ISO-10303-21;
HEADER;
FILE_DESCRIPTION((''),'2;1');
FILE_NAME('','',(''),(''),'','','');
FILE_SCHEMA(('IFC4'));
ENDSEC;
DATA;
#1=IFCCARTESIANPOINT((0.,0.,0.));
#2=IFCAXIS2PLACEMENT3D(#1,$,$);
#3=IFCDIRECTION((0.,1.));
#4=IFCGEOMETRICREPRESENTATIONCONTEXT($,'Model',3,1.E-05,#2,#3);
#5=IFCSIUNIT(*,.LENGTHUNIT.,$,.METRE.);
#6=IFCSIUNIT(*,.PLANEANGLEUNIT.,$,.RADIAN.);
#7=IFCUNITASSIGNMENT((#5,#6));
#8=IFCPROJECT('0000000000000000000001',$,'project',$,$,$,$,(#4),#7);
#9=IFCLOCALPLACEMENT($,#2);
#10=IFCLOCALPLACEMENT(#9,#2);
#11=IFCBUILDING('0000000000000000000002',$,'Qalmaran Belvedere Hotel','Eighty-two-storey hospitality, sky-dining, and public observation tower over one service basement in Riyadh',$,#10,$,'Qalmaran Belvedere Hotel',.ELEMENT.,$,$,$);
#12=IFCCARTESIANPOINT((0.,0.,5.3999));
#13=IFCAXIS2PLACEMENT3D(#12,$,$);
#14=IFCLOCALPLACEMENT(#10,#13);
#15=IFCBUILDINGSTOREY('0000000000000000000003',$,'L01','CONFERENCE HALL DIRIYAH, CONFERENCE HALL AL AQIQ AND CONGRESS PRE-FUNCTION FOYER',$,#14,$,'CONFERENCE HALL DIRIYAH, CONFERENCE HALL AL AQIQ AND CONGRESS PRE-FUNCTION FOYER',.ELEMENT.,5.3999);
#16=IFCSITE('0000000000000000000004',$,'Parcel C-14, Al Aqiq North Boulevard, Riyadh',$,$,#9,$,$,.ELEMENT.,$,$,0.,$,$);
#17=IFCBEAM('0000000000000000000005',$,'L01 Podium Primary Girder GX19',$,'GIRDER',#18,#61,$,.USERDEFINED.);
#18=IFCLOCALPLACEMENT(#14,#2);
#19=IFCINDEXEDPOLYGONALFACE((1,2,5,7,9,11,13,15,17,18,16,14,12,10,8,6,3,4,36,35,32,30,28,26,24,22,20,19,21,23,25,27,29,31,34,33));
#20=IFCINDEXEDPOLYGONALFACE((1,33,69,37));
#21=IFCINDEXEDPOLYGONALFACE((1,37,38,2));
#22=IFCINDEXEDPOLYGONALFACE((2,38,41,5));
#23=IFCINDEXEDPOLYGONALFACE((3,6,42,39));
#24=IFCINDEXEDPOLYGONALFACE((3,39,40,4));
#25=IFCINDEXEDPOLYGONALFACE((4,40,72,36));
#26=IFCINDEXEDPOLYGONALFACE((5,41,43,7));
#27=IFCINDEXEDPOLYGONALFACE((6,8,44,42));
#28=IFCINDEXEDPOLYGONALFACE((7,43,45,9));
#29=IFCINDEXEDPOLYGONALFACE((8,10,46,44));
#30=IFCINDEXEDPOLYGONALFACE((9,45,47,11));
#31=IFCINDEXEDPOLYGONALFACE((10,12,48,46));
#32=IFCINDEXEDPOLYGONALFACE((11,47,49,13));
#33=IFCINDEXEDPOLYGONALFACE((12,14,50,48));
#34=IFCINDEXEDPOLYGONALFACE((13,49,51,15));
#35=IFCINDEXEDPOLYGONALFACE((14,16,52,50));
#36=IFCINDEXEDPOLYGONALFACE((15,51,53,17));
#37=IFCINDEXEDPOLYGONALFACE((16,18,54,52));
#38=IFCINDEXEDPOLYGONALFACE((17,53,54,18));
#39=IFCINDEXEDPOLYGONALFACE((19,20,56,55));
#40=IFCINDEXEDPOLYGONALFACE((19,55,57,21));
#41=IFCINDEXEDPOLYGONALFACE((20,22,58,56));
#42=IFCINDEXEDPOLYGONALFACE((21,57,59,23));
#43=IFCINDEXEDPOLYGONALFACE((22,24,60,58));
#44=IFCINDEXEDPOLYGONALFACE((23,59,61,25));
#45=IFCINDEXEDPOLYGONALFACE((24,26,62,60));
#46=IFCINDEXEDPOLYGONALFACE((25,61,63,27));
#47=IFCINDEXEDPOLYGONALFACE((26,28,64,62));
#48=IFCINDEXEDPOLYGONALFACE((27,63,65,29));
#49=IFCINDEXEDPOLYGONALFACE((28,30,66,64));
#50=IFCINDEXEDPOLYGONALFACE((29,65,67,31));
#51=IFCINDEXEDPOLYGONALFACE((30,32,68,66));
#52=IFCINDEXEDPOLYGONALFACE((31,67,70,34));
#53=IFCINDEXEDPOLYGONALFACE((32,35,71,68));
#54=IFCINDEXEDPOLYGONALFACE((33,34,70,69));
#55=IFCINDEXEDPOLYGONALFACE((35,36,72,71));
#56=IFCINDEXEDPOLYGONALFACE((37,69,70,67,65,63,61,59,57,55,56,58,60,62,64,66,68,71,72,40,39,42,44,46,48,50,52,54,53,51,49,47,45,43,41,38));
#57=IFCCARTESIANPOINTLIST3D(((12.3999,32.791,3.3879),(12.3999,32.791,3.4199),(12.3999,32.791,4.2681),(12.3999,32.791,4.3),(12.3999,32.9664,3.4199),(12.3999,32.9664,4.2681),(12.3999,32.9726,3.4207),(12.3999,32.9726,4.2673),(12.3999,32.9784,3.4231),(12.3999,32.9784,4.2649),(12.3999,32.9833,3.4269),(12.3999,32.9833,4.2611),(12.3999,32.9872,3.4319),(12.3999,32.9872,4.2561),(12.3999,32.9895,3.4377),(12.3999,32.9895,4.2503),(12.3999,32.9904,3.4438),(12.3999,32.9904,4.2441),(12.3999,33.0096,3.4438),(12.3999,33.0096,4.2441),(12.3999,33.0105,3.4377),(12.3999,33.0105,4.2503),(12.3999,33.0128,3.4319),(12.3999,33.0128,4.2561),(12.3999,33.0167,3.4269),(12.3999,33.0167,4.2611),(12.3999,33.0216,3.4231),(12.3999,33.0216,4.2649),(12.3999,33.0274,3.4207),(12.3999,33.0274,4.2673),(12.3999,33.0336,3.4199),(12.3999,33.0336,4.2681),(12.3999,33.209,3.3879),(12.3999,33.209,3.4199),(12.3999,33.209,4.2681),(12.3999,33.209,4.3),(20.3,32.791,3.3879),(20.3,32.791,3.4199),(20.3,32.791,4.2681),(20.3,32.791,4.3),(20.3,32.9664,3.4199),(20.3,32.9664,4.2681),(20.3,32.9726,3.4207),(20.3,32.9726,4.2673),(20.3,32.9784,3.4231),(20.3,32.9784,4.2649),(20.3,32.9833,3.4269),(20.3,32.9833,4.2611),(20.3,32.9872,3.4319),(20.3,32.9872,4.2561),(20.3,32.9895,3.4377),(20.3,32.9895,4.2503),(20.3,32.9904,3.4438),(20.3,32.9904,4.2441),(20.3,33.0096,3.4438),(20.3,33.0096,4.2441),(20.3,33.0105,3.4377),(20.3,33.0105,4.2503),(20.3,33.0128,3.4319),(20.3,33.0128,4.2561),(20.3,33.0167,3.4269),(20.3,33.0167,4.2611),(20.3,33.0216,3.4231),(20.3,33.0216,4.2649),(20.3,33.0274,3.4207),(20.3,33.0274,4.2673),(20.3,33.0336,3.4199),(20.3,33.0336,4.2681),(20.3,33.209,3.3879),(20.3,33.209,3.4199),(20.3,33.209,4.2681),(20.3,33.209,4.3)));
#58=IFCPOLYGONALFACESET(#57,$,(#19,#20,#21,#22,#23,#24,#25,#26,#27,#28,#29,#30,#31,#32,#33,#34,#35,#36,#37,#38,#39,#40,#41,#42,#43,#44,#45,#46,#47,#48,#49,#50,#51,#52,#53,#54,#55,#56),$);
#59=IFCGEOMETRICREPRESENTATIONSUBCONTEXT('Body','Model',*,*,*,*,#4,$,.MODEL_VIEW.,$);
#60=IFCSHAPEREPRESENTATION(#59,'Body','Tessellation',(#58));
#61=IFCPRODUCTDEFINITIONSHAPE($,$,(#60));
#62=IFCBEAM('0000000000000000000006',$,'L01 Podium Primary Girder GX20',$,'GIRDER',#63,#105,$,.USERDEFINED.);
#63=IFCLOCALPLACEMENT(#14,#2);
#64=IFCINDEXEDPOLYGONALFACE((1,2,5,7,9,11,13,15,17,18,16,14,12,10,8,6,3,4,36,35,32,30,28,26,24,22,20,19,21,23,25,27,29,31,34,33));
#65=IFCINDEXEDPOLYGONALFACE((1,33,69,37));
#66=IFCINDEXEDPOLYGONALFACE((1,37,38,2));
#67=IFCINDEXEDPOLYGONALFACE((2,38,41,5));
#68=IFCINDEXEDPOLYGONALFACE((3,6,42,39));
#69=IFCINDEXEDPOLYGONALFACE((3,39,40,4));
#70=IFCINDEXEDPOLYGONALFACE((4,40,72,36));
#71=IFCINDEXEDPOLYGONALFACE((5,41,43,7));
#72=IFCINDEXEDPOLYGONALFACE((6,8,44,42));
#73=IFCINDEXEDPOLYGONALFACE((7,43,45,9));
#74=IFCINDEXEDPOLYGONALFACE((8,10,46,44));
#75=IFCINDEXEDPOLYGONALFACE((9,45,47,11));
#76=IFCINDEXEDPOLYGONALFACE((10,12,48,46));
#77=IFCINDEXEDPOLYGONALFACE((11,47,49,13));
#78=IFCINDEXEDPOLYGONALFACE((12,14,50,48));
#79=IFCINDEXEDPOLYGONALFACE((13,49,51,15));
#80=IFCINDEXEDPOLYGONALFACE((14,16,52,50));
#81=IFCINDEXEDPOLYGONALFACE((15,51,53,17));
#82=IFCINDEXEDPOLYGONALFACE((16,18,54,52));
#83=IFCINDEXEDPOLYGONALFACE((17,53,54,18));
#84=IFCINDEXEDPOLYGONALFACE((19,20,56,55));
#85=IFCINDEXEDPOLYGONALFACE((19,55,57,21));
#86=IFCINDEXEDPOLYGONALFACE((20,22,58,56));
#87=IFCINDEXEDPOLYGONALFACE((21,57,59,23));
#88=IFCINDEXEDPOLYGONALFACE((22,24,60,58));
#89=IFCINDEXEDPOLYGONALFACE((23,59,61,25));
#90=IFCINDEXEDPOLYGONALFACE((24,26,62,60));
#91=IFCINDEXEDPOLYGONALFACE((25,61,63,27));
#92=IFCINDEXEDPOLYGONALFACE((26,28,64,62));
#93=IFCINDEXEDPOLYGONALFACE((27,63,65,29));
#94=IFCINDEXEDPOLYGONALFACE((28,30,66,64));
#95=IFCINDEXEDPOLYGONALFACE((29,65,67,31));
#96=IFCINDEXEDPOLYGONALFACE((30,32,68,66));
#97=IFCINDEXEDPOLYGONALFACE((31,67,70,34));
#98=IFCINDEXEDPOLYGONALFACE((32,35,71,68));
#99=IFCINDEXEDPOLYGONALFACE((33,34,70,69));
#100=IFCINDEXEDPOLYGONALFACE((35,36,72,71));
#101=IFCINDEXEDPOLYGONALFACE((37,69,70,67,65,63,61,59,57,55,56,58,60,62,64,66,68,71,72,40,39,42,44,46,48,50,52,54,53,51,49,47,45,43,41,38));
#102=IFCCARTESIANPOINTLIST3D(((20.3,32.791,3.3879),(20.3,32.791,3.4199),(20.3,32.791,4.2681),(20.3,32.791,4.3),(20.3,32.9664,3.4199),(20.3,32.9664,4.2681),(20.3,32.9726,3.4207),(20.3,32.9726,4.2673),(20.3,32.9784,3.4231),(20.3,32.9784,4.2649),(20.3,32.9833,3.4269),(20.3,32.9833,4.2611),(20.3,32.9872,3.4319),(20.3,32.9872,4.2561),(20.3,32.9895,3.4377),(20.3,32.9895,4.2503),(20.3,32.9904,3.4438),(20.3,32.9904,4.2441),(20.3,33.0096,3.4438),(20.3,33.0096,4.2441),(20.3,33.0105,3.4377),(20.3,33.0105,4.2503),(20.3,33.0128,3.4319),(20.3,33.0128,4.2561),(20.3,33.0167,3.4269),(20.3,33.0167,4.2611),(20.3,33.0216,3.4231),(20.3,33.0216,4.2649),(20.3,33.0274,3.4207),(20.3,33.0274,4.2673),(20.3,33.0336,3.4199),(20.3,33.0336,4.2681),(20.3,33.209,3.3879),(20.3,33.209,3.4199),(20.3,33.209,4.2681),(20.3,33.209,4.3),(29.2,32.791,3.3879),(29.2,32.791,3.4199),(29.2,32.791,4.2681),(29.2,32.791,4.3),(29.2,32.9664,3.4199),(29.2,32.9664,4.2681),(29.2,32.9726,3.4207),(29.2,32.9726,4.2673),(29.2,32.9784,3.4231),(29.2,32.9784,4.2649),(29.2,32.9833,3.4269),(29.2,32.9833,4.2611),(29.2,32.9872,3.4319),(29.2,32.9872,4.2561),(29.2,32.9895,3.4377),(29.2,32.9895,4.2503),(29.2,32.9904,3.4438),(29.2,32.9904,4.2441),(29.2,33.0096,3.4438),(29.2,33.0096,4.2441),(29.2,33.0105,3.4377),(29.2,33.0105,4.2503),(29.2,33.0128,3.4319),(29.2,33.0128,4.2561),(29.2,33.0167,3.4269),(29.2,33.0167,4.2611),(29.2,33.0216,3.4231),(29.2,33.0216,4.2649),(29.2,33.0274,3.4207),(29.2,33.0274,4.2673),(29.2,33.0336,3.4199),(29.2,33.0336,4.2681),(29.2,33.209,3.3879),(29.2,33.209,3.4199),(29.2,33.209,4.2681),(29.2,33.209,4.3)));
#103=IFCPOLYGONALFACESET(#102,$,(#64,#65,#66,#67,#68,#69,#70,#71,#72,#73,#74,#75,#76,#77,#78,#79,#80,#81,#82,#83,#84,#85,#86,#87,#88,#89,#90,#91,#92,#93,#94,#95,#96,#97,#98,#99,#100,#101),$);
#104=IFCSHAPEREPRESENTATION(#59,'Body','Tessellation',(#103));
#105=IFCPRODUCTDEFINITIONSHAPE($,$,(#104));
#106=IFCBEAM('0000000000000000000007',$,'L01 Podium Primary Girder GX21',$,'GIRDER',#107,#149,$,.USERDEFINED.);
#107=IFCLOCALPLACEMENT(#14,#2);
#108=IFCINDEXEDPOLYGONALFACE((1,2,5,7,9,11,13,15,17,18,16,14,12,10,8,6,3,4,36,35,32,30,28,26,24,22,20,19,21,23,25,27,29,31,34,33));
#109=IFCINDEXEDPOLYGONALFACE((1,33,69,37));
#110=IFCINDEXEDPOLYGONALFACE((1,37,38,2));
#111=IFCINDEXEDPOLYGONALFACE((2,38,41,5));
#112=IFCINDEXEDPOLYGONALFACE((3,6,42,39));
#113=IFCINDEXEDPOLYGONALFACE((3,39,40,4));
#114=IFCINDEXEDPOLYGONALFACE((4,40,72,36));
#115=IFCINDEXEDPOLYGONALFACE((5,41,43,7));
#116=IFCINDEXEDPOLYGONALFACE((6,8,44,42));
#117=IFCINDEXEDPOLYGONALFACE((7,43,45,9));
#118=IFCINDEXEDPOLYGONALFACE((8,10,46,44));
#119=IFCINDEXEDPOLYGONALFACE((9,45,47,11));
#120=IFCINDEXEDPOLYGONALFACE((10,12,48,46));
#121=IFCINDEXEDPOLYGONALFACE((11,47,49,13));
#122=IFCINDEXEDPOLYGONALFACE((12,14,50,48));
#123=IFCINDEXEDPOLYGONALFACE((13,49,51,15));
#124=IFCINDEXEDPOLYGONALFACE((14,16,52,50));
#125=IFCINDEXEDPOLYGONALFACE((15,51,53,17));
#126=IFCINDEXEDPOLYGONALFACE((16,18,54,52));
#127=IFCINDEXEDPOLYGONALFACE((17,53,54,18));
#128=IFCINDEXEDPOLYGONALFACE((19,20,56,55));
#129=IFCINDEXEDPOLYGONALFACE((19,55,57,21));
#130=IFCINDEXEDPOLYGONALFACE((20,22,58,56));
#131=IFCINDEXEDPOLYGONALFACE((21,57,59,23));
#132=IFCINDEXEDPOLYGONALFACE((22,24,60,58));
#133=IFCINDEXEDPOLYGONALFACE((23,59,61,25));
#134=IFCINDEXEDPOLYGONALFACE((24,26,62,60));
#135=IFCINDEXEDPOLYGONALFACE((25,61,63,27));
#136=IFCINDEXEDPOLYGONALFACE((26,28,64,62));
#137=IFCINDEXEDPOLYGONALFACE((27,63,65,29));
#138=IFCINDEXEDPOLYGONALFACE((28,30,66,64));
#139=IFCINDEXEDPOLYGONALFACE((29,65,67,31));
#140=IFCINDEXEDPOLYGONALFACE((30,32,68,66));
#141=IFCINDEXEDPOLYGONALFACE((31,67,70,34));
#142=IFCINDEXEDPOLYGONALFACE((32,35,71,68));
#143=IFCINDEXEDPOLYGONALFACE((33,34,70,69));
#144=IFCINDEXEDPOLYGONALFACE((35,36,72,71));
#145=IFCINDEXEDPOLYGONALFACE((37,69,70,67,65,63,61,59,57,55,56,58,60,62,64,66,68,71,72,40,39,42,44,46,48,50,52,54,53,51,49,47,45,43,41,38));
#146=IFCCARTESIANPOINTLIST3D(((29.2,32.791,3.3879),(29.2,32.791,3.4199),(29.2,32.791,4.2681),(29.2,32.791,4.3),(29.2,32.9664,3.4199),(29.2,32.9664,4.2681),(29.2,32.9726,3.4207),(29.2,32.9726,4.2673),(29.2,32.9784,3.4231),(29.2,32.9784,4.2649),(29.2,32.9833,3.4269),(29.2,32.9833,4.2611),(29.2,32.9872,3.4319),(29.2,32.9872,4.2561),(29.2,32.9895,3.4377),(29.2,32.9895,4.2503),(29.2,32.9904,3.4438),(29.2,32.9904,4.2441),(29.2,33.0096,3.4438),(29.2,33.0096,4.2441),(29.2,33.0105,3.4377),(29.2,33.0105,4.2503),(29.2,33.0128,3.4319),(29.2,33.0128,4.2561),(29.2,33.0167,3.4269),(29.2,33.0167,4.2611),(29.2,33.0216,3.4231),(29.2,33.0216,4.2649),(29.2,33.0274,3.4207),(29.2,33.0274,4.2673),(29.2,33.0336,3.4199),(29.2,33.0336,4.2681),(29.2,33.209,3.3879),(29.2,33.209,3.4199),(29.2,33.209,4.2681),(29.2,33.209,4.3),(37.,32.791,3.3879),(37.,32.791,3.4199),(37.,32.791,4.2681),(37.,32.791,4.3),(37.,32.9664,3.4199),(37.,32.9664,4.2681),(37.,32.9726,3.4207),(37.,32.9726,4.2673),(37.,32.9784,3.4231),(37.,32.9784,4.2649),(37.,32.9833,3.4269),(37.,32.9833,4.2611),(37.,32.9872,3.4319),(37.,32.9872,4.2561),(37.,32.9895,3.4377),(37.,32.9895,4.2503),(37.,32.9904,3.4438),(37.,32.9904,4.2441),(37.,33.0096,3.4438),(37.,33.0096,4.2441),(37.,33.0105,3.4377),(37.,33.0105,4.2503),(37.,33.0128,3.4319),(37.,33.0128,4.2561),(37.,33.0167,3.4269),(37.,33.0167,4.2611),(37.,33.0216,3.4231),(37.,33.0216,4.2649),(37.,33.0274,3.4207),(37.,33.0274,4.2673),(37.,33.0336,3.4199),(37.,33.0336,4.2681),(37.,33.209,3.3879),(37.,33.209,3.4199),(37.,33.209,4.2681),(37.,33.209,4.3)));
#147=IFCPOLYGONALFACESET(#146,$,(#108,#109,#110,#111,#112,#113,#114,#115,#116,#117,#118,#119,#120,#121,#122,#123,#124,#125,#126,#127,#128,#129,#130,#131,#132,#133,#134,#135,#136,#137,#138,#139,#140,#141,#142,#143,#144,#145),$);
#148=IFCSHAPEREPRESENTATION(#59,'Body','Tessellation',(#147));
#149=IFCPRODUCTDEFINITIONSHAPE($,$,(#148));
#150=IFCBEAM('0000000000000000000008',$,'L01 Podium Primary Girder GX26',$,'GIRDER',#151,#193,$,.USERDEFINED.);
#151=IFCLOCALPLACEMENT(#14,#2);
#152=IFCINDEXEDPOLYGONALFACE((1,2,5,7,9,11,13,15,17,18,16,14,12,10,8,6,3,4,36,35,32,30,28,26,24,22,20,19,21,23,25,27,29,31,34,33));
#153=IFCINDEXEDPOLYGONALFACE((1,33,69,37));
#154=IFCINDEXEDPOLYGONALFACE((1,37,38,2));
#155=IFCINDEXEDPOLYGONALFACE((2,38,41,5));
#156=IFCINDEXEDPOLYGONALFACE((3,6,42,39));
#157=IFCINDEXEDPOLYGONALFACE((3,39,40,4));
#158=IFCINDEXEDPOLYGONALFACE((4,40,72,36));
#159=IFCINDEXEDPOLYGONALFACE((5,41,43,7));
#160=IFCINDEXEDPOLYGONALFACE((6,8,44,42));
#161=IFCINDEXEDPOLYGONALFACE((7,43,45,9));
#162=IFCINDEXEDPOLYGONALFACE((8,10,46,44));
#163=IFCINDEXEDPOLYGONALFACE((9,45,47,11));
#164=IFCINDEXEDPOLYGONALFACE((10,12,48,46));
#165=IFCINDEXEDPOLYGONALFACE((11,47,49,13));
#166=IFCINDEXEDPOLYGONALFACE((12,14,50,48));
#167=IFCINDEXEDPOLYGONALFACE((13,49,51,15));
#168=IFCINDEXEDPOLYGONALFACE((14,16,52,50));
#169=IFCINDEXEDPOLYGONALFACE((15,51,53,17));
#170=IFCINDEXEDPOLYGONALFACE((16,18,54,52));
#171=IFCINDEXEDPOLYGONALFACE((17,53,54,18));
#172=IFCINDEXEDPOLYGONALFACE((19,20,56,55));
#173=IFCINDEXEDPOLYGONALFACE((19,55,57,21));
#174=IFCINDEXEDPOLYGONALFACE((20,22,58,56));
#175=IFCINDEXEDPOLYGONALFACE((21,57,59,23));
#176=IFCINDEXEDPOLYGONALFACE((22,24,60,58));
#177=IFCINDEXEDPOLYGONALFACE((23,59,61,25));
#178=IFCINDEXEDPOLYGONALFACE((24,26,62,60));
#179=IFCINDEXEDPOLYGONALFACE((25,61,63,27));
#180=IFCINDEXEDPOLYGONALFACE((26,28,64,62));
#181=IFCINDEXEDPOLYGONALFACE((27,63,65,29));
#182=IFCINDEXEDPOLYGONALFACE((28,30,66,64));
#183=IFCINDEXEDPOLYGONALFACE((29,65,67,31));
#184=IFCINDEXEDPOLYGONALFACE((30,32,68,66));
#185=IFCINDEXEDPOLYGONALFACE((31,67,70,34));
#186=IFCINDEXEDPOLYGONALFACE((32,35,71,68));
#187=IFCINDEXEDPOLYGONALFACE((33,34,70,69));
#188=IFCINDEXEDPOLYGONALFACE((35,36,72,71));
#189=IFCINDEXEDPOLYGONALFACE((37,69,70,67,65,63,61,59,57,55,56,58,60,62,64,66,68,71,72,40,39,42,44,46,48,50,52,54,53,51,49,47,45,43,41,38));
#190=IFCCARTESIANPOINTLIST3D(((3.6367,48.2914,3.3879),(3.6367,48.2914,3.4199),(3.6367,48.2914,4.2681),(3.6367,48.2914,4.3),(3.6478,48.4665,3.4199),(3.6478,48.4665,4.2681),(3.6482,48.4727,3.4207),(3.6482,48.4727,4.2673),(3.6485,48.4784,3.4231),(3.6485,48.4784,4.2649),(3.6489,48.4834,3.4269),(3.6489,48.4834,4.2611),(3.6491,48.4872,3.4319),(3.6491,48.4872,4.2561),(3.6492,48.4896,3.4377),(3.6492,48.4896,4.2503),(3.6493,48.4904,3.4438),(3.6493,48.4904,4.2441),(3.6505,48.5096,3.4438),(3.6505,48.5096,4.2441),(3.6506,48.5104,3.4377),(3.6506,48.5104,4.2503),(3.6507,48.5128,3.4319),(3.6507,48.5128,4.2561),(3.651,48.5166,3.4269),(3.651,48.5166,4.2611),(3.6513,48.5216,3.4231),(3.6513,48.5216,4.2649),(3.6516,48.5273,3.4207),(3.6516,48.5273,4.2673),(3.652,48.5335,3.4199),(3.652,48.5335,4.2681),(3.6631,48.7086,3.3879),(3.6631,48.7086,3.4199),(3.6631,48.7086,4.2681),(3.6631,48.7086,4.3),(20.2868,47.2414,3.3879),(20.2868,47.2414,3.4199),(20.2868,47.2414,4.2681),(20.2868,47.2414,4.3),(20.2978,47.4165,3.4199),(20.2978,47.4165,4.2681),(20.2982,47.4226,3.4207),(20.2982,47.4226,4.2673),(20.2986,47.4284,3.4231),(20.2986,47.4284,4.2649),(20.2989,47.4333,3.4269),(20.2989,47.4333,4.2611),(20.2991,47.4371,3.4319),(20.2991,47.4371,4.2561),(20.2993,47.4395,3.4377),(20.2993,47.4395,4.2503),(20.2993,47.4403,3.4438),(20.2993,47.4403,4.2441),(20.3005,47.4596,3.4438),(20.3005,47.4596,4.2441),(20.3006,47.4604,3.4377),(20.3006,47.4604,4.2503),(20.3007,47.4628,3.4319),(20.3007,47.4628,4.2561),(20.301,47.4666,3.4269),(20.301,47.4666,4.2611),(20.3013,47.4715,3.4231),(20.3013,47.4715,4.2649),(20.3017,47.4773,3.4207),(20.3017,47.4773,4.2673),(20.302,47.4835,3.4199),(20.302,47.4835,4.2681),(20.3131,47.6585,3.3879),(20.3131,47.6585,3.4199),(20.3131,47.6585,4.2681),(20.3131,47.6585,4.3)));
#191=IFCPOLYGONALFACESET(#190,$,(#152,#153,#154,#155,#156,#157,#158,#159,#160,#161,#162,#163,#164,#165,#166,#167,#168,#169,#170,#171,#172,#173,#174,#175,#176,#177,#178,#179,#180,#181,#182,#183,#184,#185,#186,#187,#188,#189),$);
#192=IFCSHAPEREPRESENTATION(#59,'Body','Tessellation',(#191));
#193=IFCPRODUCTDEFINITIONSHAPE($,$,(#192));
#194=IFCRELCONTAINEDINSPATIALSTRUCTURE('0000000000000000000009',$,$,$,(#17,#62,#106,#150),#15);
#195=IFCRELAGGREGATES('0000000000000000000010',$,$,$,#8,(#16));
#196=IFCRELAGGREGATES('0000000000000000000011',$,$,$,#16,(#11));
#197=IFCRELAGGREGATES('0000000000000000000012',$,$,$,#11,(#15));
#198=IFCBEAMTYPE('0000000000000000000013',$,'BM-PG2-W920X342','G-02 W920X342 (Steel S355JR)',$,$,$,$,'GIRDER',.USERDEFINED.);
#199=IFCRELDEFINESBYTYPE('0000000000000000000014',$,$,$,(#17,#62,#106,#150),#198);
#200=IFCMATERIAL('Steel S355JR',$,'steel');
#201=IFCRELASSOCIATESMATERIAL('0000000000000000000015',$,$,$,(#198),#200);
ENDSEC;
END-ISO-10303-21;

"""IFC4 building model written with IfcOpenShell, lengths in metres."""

from ifc_helpers import new_model, si_unit, direction, frame, origin, origin_2d, place, context, subcontext, project, spatial, i_section, extrude, material, material_profile, profile_set, type_object, element, save


model = new_model("IFC4")

# Units and contexts
model_context = context("Model", 3, precision=1e-05, world=origin(), true_north=direction((0.0, 1.0)))
body_context = subcontext(model_context, "Body", "Model", "MODEL_VIEW")
ifc_project = project(units=[si_unit("LENGTHUNIT", "METRE"), si_unit("PLANEANGLEUNIT", "RADIAN")], contexts=[model_context])

# Site, building, storey
site_placement = place(None, origin())
site = spatial("IfcSite", under=ifc_project, at=site_placement, Name="Parcel C-14, Al Aqiq North Boulevard, Riyadh", CompositionType="ELEMENT", RefElevation=0.0)
building_placement = place(site_placement, origin())
building = spatial("IfcBuilding", under=site, at=building_placement, Name="Qalmaran Belvedere Hotel", Description="Eighty-two-storey hospitality, sky-dining, and public observation tower over one service basement in Riyadh", LongName="Qalmaran Belvedere Hotel", CompositionType="ELEMENT")
storey_placement = place(building_placement, frame((0.0, 0.0, 5.3999)))
storey = spatial("IfcBuildingStorey", under=building, at=storey_placement, Name="L01", Description="CONFERENCE HALL DIRIYAH, CONFERENCE HALL AL AQIQ AND CONGRESS PRE-FUNCTION FOYER", LongName="CONFERENCE HALL DIRIYAH, CONFERENCE HALL AL AQIQ AND CONGRESS PRE-FUNCTION FOYER", CompositionType="ELEMENT", Elevation=5.3999)

# Beams
ifc_material_1 = material(Name="Steel S355JR", Category="steel")
ifc_material_profile_1 = material_profile(ifc_material_1, i_section(OverallWidth=0.418, OverallDepth=0.9121, WebThickness=0.0193, FlangeThickness=0.032, FilletRadius=0.0239, at=origin_2d()), Name="W920X342")
ifc_profile_set_1 = profile_set([ifc_material_profile_1], Name="Steel S355JR")
beam_type_1 = type_object("IfcBeamType", Name="BM-PG2-W920X342", Description="G-02 W920X342 (Steel S355JR)", ElementType="GIRDER", PredefinedType="USERDEFINED", material=ifc_profile_set_1)
beam_1_placement = place(storey_placement, frame((12.3999, 33.0, 3.844), z_axis=(1.0, 0.0, 0.0), x_axis=(0.0, 1.0, 0.0)))
element("IfcBeam", 1, at=beam_1_placement, inside=storey, type_object=beam_type_1, Name="L01 Podium Primary Girder GX19", ObjectType="GIRDER", PredefinedType="USERDEFINED", context=body_context, shape_type="SweptSolid", body=[
    extrude(i_section(OverallWidth=0.418, OverallDepth=0.9121, WebThickness=0.0193, FlangeThickness=0.032, FilletRadius=0.0239, at=origin_2d()), origin(), (0.0, 0.0, 1.0), 7.9001),
])
beam_2_placement = place(storey_placement, frame((20.3, 33.0, 3.844), z_axis=(1.0, 0.0, 0.0), x_axis=(0.0, 1.0, 0.0)))
element("IfcBeam", 2, at=beam_2_placement, inside=storey, type_object=beam_type_1, Name="L01 Podium Primary Girder GX20", ObjectType="GIRDER", PredefinedType="USERDEFINED", context=body_context, shape_type="SweptSolid", body=[
    extrude(i_section(OverallWidth=0.418, OverallDepth=0.9121, WebThickness=0.0193, FlangeThickness=0.032, FilletRadius=0.0239, at=origin_2d()), origin(), (0.0, 0.0, 1.0), 8.8999),
])
beam_3_placement = place(storey_placement, frame((29.2, 33.0, 3.844), z_axis=(1.0, 0.0, 0.0), x_axis=(0.0, 1.0, 0.0)))
element("IfcBeam", 3, at=beam_3_placement, inside=storey, type_object=beam_type_1, Name="L01 Podium Primary Girder GX21", ObjectType="GIRDER", PredefinedType="USERDEFINED", context=body_context, shape_type="SweptSolid", body=[
    extrude(i_section(OverallWidth=0.418, OverallDepth=0.9121, WebThickness=0.0193, FlangeThickness=0.032, FilletRadius=0.0239, at=origin_2d()), origin(), (0.0, 0.0, 1.0), 7.8),
])
beam_4_placement = place(storey_placement, frame((3.6499, 48.5, 3.844), z_axis=(0.998017, -0.06294, 0.0), x_axis=(0.06294, 0.998017, 0.0)))
element("IfcBeam", 4, at=beam_4_placement, inside=storey, type_object=beam_type_1, Name="L01 Podium Primary Girder GX26", ObjectType="GIRDER", PredefinedType="USERDEFINED", context=body_context, shape_type="SweptSolid", body=[
    extrude(i_section(OverallWidth=0.418, OverallDepth=0.9121, WebThickness=0.0193, FlangeThickness=0.032, FilletRadius=0.0239, at=origin_2d()), origin(), (0.0, 0.0, 1.0), 16.6831),
])

save(model, "model.ifc")
